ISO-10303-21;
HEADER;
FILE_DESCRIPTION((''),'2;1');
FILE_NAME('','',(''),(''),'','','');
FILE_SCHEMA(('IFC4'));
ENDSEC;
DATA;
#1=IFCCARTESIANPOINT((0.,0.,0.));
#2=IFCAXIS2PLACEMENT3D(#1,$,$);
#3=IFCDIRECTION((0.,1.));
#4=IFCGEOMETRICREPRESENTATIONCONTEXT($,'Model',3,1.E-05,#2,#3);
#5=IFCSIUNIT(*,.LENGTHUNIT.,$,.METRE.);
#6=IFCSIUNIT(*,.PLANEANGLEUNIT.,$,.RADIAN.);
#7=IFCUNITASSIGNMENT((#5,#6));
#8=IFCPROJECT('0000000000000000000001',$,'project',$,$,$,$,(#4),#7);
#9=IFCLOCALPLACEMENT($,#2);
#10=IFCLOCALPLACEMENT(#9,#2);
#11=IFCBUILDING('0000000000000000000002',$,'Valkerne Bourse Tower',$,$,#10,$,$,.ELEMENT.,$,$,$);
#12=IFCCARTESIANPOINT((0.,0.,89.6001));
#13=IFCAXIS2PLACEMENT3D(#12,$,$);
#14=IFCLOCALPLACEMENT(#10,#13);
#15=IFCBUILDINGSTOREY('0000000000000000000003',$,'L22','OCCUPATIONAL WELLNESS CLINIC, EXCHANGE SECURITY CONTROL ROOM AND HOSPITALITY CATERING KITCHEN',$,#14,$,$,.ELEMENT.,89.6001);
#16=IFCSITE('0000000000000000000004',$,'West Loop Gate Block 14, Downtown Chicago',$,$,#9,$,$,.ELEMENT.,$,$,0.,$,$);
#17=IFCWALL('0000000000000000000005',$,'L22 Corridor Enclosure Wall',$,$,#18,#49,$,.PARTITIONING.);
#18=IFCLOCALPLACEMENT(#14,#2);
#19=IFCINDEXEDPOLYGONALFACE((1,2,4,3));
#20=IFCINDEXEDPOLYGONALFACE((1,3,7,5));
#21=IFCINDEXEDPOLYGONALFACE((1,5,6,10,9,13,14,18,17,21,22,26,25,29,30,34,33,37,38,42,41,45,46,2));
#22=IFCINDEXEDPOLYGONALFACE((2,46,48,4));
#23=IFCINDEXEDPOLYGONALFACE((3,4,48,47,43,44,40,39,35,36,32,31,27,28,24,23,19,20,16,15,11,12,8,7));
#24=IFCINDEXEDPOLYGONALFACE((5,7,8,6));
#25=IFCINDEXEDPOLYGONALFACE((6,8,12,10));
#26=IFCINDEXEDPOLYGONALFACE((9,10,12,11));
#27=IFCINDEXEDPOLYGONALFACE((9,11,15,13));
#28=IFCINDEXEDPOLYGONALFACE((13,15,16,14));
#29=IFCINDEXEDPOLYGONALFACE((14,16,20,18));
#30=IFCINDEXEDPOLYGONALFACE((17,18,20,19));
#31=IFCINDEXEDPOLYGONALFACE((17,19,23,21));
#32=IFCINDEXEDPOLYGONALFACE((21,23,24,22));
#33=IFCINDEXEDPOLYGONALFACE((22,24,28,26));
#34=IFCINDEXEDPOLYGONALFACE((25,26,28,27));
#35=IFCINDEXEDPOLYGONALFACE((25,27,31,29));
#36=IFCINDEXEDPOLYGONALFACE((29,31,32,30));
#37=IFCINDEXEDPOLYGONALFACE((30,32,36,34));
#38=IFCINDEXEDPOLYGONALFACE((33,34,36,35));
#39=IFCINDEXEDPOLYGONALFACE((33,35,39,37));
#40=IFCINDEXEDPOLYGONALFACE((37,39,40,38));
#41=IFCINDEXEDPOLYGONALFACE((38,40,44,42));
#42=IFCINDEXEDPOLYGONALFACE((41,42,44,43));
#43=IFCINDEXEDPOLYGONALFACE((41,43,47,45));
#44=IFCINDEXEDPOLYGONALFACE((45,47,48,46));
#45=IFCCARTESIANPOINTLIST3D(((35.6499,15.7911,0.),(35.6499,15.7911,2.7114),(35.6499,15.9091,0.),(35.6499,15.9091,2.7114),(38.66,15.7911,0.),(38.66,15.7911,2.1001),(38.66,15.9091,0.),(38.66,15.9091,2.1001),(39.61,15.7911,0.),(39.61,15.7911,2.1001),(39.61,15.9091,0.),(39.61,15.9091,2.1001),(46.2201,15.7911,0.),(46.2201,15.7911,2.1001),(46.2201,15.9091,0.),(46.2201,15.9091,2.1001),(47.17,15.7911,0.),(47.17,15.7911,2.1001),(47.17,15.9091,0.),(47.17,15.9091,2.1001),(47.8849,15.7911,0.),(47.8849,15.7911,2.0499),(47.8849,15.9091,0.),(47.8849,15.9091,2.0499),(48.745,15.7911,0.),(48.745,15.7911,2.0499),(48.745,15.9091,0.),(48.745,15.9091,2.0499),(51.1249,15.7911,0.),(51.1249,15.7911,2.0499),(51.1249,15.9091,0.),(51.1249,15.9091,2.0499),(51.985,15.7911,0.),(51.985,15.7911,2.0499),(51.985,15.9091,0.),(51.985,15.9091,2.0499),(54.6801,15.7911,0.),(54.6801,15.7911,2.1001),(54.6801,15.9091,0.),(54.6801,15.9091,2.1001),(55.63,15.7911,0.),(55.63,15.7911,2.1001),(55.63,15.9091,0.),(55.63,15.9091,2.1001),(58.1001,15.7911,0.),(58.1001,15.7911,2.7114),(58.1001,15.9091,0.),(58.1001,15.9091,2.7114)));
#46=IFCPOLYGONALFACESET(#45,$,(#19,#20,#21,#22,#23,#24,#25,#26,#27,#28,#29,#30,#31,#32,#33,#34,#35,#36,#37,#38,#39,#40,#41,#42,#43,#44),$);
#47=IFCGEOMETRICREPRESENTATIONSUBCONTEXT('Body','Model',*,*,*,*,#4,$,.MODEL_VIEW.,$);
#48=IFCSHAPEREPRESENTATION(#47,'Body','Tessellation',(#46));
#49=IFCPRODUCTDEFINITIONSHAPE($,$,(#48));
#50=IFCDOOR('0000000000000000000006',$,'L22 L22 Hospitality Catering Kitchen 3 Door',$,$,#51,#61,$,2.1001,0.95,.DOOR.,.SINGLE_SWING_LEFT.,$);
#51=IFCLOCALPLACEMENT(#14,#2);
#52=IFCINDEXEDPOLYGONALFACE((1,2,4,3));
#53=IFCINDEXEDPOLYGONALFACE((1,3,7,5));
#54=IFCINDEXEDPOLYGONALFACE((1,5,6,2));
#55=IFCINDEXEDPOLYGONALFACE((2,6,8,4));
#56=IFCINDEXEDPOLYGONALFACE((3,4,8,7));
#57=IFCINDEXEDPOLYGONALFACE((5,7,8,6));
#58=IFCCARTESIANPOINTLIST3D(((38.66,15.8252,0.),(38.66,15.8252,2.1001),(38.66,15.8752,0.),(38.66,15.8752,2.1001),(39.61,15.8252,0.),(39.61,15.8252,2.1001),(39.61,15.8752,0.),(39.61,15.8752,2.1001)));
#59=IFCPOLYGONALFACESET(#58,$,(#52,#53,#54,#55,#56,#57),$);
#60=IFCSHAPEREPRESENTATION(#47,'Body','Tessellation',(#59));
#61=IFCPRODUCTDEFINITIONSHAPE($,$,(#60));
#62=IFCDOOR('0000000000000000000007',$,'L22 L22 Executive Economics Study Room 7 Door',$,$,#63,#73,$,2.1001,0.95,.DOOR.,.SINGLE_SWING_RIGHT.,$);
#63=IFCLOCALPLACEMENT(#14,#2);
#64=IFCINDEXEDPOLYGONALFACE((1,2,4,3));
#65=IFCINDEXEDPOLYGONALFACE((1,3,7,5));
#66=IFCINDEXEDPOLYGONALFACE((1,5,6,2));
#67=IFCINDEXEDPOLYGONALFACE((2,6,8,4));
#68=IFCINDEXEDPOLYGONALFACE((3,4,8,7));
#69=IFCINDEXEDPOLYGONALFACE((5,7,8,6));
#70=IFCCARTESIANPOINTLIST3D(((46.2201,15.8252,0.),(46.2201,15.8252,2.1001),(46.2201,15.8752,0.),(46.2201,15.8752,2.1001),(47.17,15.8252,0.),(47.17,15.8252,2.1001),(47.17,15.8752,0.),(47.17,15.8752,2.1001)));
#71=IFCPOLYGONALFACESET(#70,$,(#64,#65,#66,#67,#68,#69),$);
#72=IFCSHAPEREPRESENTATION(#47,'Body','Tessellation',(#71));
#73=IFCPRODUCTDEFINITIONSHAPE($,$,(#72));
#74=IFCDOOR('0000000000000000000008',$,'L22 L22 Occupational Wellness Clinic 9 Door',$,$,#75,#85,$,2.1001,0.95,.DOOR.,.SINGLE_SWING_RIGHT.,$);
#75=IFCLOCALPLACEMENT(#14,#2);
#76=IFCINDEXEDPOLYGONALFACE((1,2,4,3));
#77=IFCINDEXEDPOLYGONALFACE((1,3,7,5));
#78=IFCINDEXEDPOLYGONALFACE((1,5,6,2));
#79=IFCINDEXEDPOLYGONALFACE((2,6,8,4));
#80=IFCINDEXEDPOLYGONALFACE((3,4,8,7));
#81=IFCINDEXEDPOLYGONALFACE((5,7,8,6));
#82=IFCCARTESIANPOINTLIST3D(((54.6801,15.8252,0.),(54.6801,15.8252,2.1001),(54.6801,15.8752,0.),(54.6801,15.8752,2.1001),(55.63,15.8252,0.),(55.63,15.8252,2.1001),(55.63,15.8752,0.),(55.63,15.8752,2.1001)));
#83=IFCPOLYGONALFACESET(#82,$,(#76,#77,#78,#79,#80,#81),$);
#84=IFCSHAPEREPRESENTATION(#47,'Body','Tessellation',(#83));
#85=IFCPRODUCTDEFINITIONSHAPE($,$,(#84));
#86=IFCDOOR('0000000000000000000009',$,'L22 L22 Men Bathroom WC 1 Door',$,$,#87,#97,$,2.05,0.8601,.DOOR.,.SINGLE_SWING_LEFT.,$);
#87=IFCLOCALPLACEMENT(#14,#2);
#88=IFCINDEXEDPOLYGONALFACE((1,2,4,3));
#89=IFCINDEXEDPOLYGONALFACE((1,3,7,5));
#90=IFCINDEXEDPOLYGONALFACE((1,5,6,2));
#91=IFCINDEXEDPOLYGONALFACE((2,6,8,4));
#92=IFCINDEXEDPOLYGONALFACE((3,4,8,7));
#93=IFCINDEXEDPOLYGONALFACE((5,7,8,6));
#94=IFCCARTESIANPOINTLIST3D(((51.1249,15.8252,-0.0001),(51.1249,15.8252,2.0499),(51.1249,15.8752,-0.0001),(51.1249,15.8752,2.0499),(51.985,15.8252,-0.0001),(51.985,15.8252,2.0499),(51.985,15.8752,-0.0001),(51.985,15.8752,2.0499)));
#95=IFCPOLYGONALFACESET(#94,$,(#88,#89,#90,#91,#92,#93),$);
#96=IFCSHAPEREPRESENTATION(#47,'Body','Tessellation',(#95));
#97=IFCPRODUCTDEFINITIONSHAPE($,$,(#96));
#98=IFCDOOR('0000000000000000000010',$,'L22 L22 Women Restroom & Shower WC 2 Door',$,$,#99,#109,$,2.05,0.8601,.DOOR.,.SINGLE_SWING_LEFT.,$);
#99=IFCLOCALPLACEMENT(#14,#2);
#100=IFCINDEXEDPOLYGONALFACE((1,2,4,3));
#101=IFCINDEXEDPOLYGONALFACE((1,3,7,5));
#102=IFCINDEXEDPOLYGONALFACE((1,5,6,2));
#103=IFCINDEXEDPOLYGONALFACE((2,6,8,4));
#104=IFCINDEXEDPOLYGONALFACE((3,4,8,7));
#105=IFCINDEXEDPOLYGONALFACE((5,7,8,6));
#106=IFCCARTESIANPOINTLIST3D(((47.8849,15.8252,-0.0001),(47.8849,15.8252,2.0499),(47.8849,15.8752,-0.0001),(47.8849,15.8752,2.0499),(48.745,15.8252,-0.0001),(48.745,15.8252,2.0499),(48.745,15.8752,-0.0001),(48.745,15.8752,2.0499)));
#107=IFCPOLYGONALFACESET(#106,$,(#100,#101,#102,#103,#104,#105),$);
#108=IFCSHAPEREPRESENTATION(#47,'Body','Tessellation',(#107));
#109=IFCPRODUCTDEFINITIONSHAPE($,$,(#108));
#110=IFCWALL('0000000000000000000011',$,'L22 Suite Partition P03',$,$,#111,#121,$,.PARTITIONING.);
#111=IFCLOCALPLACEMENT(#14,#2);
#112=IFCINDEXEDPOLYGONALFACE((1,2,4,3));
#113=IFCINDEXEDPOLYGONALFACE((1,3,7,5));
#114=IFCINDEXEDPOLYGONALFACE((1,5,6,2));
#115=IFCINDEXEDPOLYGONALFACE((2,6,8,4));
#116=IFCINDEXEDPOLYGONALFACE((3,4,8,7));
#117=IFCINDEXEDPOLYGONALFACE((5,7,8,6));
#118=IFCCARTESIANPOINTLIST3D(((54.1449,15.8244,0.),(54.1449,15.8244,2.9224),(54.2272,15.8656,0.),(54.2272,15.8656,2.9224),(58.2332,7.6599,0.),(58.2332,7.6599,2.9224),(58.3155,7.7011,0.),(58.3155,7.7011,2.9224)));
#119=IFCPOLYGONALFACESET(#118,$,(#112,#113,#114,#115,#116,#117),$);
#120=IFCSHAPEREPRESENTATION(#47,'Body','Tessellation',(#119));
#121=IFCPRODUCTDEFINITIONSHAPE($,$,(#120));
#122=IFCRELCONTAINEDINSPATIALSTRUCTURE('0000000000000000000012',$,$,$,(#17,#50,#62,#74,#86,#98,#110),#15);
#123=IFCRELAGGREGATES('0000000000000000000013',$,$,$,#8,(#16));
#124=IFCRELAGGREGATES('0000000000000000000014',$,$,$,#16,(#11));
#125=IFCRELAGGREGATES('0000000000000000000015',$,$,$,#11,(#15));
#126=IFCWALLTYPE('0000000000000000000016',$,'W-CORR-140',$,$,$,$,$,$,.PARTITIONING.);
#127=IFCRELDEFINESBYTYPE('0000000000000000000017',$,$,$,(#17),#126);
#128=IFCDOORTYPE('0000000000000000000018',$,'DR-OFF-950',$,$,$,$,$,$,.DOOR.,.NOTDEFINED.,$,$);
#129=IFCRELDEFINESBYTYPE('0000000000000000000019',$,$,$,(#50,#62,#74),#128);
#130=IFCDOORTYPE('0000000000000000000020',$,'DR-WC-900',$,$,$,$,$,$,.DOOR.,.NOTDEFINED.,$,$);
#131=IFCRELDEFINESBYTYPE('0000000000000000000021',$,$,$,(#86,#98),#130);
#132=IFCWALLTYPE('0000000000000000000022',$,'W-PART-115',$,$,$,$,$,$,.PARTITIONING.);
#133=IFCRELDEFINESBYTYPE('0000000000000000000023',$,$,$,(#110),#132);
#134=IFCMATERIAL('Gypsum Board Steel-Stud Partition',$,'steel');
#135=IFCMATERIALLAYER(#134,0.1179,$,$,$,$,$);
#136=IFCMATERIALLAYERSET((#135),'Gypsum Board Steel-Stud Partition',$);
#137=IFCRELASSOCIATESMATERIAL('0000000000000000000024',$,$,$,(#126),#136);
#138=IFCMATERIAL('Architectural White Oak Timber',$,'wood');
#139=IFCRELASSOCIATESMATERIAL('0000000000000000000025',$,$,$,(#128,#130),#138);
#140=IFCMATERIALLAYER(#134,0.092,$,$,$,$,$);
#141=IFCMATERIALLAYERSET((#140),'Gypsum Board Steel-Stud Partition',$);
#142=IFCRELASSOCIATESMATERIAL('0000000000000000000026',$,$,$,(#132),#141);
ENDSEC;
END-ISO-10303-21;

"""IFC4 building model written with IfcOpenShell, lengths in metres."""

from ifc_helpers import new_model, si_unit, direction, frame, frame_2d, origin, place, context, subcontext, project, spatial, rectangle, extrude, material, layer, layer_set, type_object, element, fill, save


model = new_model("IFC4")

# Units and contexts
model_context = context("Model", 3, precision=1e-05, world=origin(), true_north=direction((0.0, 1.0)))
body_context = subcontext(model_context, "Body", "Model", "MODEL_VIEW")
ifc_project = project(units=[si_unit("LENGTHUNIT", "METRE"), si_unit("PLANEANGLEUNIT", "RADIAN")], contexts=[model_context])

# Site, building, storey
site_placement = place(None, origin())
site = spatial("IfcSite", under=ifc_project, at=site_placement, Name="West Loop Gate Block 14, Downtown Chicago", CompositionType="ELEMENT", RefElevation=0.0)
building_placement = place(site_placement, origin())
building = spatial("IfcBuilding", under=site, at=building_placement, Name="Valkerne Bourse Tower", CompositionType="ELEMENT")
storey_placement = place(building_placement, frame((0.0, 0.0, 89.6001)))
storey = spatial("IfcBuildingStorey", under=building, at=storey_placement, Name="L22", Description="OCCUPATIONAL WELLNESS CLINIC, EXCHANGE SECURITY CONTROL ROOM AND HOSPITALITY CATERING KITCHEN", CompositionType="ELEMENT", Elevation=89.6001)

# Wall, openings, doors
ifc_material_1 = material(Name="Gypsum Board Steel-Stud Partition", Category="steel")
ifc_layer_1 = layer(ifc_material_1, 0.1179)
ifc_layer_set_1 = layer_set([ifc_layer_1], Name="Gypsum Board Steel-Stud Partition")
wall_type_1 = type_object("IfcWallType", Name="W-CORR-140", PredefinedType="PARTITIONING", material=ifc_layer_set_1)
wall_1_placement = place(storey_placement, frame((58.1001, 15.8501, 0.0), z_axis=(0.0, 0.0, 1.0), x_axis=(-1.0, 0.0, 0.0)))
wall_1 = element("IfcWall", 1, at=wall_1_placement, inside=storey, type_object=wall_type_1, Name="L22 Corridor Enclosure Wall", PredefinedType="PARTITIONING", context=body_context, shape_type="SweptSolid", body=[
    extrude(rectangle(XDim=22.4502, YDim=0.1179, at=frame_2d((11.2251, 0.0))), origin(), (0.0, 0.0, 1.0), 2.7114),
])
opening_1_placement = place(wall_1_placement, frame((6.115, 0.0, 0.0)))
opening_1 = element("IfcOpeningElement", 2, at=opening_1_placement, cuts=wall_1, PredefinedType="OPENING", context=body_context, shape_type="SweptSolid", body=[
    extrude(rectangle(XDim=0.8601, YDim=2.05, at=frame_2d((0.4302, 1.0249))), frame((0.0, 0.0688, 0.0), z_axis=(0.0, -1.0, 0.0), x_axis=(1.0, 0.0, 0.0)), (0.0, 0.0, 1.0), 0.1379),
])
opening_2_placement = place(wall_1_placement, frame((9.355, 0.0, 0.0)))
opening_2 = element("IfcOpeningElement", 3, at=opening_2_placement, cuts=wall_1, PredefinedType="OPENING", context=body_context, shape_type="SweptSolid", body=[
    extrude(rectangle(XDim=0.8601, YDim=2.05, at=frame_2d((0.4302, 1.0249))), frame((0.0, 0.0688, 0.0), z_axis=(0.0, -1.0, 0.0), x_axis=(1.0, 0.0, 0.0)), (0.0, 0.0, 1.0), 0.1379),
])
opening_3_placement = place(wall_1_placement, frame((18.49, 0.0, 0.0)))
opening_3 = element("IfcOpeningElement", 4, at=opening_3_placement, cuts=wall_1, PredefinedType="OPENING", context=body_context, shape_type="SweptSolid", body=[
    extrude(rectangle(XDim=0.95, YDim=2.1001, at=frame_2d((0.4751, 1.05))), frame((0.0, 0.0688, 0.0), z_axis=(0.0, -1.0, 0.0), x_axis=(1.0, 0.0, 0.0)), (0.0, 0.0, 1.0), 0.1379),
])
opening_4_placement = place(wall_1_placement, frame((10.9299, 0.0, 0.0)))
opening_4 = element("IfcOpeningElement", 5, at=opening_4_placement, cuts=wall_1, PredefinedType="OPENING", context=body_context, shape_type="SweptSolid", body=[
    extrude(rectangle(XDim=0.95, YDim=2.1001, at=frame_2d((0.4751, 1.05))), frame((0.0, 0.0688, 0.0), z_axis=(0.0, -1.0, 0.0), x_axis=(1.0, 0.0, 0.0)), (0.0, 0.0, 1.0), 0.1379),
])
opening_5_placement = place(wall_1_placement, frame((2.47, 0.0, 0.0)))
opening_5 = element("IfcOpeningElement", 6, at=opening_5_placement, cuts=wall_1, PredefinedType="OPENING", context=body_context, shape_type="SweptSolid", body=[
    extrude(rectangle(XDim=0.95, YDim=2.1001, at=frame_2d((0.4751, 1.05))), frame((0.0, 0.0688, 0.0), z_axis=(0.0, -1.0, 0.0), x_axis=(1.0, 0.0, 0.0)), (0.0, 0.0, 1.0), 0.1379),
])
ifc_material_2 = material(Name="Architectural White Oak Timber", Category="wood")
door_type_1 = type_object("IfcDoorType", Name="DR-OFF-950", OperationType="NOTDEFINED", PredefinedType="DOOR", material=ifc_material_2)
door_1_placement = place(opening_3_placement, origin())
door_1 = element("IfcDoor", 7, at=door_1_placement, inside=storey, type_object=door_type_1, Name="L22 L22 Hospitality Catering Kitchen 3 Door", OperationType="SINGLE_SWING_LEFT", OverallHeight=2.1001, OverallWidth=0.95, PredefinedType="DOOR", context=body_context, shape_type="SweptSolid", body=[
    extrude(rectangle(XDim=0.95, YDim=2.1001, at=frame_2d((0.4751, 1.05))), frame((0.0, 0.0249, 0.0), z_axis=(0.0, -1.0, 0.0), x_axis=(1.0, 0.0, 0.0)), (0.0, 0.0, 1.0), 0.05),
])
fill(opening_3, door_1)
door_2_placement = place(opening_4_placement, origin())
door_2 = element("IfcDoor", 8, at=door_2_placement, inside=storey, type_object=door_type_1, Name="L22 L22 Executive Economics Study Room 7 Door", OperationType="SINGLE_SWING_RIGHT", OverallHeight=2.1001, OverallWidth=0.95, PredefinedType="DOOR", context=body_context, shape_type="SweptSolid", body=[
    extrude(rectangle(XDim=0.95, YDim=2.1001, at=frame_2d((0.4751, 1.05))), frame((0.0, 0.0249, 0.0), z_axis=(0.0, -1.0, 0.0), x_axis=(1.0, 0.0, 0.0)), (0.0, 0.0, 1.0), 0.05),
])
fill(opening_4, door_2)
door_3_placement = place(opening_5_placement, origin())
door_3 = element("IfcDoor", 9, at=door_3_placement, inside=storey, type_object=door_type_1, Name="L22 L22 Occupational Wellness Clinic 9 Door", OperationType="SINGLE_SWING_RIGHT", OverallHeight=2.1001, OverallWidth=0.95, PredefinedType="DOOR", context=body_context, shape_type="SweptSolid", body=[
    extrude(rectangle(XDim=0.95, YDim=2.1001, at=frame_2d((0.4751, 1.05))), frame((0.0, 0.0249, 0.0), z_axis=(0.0, -1.0, 0.0), x_axis=(1.0, 0.0, 0.0)), (0.0, 0.0, 1.0), 0.05),
])
fill(opening_5, door_3)
door_type_2 = type_object("IfcDoorType", Name="DR-WC-900", OperationType="NOTDEFINED", PredefinedType="DOOR", material=ifc_material_2)
door_4_placement = place(opening_1_placement, origin())
door_4 = element("IfcDoor", 10, at=door_4_placement, inside=storey, type_object=door_type_2, Name="L22 L22 Men Bathroom WC 1 Door", OperationType="SINGLE_SWING_LEFT", OverallHeight=2.05, OverallWidth=0.8601, PredefinedType="DOOR", context=body_context, shape_type="SweptSolid", body=[
    extrude(rectangle(XDim=0.8601, YDim=2.05, at=frame_2d((0.4302, 1.0249))), frame((0.0, 0.0249, 0.0), z_axis=(0.0, -1.0, 0.0), x_axis=(1.0, 0.0, 0.0)), (0.0, 0.0, 1.0), 0.05),
])
fill(opening_1, door_4)
door_5_placement = place(opening_2_placement, origin())
door_5 = element("IfcDoor", 11, at=door_5_placement, inside=storey, type_object=door_type_2, Name="L22 L22 Women Restroom & Shower WC 2 Door", OperationType="SINGLE_SWING_LEFT", OverallHeight=2.05, OverallWidth=0.8601, PredefinedType="DOOR", context=body_context, shape_type="SweptSolid", body=[
    extrude(rectangle(XDim=0.8601, YDim=2.05, at=frame_2d((0.4302, 1.0249))), frame((0.0, 0.0249, 0.0), z_axis=(0.0, -1.0, 0.0), x_axis=(1.0, 0.0, 0.0)), (0.0, 0.0, 1.0), 0.05),
])
fill(opening_2, door_5)

# Wall
ifc_layer_2 = layer(ifc_material_1, 0.092)
ifc_layer_set_2 = layer_set([ifc_layer_2], Name="Gypsum Board Steel-Stud Partition")
wall_type_2 = type_object("IfcWallType", Name="W-PART-115", PredefinedType="PARTITIONING", material=ifc_layer_set_2)
wall_2_placement = place(storey_placement, frame((54.186, 15.845, 0.0), z_axis=(0.0, 0.0, 1.0), x_axis=(0.447748, -0.89416, 0.0)))
element("IfcWall", 12, at=wall_2_placement, inside=storey, type_object=wall_type_2, Name="L22 Suite Partition P03", PredefinedType="PARTITIONING", context=body_context, shape_type="SweptSolid", body=[
    extrude(rectangle(XDim=9.1309, YDim=0.092, at=frame_2d((4.5654, 0.0))), origin(), (0.0, 0.0, 1.0), 2.9224),
])

save(model, "model.ifc")
